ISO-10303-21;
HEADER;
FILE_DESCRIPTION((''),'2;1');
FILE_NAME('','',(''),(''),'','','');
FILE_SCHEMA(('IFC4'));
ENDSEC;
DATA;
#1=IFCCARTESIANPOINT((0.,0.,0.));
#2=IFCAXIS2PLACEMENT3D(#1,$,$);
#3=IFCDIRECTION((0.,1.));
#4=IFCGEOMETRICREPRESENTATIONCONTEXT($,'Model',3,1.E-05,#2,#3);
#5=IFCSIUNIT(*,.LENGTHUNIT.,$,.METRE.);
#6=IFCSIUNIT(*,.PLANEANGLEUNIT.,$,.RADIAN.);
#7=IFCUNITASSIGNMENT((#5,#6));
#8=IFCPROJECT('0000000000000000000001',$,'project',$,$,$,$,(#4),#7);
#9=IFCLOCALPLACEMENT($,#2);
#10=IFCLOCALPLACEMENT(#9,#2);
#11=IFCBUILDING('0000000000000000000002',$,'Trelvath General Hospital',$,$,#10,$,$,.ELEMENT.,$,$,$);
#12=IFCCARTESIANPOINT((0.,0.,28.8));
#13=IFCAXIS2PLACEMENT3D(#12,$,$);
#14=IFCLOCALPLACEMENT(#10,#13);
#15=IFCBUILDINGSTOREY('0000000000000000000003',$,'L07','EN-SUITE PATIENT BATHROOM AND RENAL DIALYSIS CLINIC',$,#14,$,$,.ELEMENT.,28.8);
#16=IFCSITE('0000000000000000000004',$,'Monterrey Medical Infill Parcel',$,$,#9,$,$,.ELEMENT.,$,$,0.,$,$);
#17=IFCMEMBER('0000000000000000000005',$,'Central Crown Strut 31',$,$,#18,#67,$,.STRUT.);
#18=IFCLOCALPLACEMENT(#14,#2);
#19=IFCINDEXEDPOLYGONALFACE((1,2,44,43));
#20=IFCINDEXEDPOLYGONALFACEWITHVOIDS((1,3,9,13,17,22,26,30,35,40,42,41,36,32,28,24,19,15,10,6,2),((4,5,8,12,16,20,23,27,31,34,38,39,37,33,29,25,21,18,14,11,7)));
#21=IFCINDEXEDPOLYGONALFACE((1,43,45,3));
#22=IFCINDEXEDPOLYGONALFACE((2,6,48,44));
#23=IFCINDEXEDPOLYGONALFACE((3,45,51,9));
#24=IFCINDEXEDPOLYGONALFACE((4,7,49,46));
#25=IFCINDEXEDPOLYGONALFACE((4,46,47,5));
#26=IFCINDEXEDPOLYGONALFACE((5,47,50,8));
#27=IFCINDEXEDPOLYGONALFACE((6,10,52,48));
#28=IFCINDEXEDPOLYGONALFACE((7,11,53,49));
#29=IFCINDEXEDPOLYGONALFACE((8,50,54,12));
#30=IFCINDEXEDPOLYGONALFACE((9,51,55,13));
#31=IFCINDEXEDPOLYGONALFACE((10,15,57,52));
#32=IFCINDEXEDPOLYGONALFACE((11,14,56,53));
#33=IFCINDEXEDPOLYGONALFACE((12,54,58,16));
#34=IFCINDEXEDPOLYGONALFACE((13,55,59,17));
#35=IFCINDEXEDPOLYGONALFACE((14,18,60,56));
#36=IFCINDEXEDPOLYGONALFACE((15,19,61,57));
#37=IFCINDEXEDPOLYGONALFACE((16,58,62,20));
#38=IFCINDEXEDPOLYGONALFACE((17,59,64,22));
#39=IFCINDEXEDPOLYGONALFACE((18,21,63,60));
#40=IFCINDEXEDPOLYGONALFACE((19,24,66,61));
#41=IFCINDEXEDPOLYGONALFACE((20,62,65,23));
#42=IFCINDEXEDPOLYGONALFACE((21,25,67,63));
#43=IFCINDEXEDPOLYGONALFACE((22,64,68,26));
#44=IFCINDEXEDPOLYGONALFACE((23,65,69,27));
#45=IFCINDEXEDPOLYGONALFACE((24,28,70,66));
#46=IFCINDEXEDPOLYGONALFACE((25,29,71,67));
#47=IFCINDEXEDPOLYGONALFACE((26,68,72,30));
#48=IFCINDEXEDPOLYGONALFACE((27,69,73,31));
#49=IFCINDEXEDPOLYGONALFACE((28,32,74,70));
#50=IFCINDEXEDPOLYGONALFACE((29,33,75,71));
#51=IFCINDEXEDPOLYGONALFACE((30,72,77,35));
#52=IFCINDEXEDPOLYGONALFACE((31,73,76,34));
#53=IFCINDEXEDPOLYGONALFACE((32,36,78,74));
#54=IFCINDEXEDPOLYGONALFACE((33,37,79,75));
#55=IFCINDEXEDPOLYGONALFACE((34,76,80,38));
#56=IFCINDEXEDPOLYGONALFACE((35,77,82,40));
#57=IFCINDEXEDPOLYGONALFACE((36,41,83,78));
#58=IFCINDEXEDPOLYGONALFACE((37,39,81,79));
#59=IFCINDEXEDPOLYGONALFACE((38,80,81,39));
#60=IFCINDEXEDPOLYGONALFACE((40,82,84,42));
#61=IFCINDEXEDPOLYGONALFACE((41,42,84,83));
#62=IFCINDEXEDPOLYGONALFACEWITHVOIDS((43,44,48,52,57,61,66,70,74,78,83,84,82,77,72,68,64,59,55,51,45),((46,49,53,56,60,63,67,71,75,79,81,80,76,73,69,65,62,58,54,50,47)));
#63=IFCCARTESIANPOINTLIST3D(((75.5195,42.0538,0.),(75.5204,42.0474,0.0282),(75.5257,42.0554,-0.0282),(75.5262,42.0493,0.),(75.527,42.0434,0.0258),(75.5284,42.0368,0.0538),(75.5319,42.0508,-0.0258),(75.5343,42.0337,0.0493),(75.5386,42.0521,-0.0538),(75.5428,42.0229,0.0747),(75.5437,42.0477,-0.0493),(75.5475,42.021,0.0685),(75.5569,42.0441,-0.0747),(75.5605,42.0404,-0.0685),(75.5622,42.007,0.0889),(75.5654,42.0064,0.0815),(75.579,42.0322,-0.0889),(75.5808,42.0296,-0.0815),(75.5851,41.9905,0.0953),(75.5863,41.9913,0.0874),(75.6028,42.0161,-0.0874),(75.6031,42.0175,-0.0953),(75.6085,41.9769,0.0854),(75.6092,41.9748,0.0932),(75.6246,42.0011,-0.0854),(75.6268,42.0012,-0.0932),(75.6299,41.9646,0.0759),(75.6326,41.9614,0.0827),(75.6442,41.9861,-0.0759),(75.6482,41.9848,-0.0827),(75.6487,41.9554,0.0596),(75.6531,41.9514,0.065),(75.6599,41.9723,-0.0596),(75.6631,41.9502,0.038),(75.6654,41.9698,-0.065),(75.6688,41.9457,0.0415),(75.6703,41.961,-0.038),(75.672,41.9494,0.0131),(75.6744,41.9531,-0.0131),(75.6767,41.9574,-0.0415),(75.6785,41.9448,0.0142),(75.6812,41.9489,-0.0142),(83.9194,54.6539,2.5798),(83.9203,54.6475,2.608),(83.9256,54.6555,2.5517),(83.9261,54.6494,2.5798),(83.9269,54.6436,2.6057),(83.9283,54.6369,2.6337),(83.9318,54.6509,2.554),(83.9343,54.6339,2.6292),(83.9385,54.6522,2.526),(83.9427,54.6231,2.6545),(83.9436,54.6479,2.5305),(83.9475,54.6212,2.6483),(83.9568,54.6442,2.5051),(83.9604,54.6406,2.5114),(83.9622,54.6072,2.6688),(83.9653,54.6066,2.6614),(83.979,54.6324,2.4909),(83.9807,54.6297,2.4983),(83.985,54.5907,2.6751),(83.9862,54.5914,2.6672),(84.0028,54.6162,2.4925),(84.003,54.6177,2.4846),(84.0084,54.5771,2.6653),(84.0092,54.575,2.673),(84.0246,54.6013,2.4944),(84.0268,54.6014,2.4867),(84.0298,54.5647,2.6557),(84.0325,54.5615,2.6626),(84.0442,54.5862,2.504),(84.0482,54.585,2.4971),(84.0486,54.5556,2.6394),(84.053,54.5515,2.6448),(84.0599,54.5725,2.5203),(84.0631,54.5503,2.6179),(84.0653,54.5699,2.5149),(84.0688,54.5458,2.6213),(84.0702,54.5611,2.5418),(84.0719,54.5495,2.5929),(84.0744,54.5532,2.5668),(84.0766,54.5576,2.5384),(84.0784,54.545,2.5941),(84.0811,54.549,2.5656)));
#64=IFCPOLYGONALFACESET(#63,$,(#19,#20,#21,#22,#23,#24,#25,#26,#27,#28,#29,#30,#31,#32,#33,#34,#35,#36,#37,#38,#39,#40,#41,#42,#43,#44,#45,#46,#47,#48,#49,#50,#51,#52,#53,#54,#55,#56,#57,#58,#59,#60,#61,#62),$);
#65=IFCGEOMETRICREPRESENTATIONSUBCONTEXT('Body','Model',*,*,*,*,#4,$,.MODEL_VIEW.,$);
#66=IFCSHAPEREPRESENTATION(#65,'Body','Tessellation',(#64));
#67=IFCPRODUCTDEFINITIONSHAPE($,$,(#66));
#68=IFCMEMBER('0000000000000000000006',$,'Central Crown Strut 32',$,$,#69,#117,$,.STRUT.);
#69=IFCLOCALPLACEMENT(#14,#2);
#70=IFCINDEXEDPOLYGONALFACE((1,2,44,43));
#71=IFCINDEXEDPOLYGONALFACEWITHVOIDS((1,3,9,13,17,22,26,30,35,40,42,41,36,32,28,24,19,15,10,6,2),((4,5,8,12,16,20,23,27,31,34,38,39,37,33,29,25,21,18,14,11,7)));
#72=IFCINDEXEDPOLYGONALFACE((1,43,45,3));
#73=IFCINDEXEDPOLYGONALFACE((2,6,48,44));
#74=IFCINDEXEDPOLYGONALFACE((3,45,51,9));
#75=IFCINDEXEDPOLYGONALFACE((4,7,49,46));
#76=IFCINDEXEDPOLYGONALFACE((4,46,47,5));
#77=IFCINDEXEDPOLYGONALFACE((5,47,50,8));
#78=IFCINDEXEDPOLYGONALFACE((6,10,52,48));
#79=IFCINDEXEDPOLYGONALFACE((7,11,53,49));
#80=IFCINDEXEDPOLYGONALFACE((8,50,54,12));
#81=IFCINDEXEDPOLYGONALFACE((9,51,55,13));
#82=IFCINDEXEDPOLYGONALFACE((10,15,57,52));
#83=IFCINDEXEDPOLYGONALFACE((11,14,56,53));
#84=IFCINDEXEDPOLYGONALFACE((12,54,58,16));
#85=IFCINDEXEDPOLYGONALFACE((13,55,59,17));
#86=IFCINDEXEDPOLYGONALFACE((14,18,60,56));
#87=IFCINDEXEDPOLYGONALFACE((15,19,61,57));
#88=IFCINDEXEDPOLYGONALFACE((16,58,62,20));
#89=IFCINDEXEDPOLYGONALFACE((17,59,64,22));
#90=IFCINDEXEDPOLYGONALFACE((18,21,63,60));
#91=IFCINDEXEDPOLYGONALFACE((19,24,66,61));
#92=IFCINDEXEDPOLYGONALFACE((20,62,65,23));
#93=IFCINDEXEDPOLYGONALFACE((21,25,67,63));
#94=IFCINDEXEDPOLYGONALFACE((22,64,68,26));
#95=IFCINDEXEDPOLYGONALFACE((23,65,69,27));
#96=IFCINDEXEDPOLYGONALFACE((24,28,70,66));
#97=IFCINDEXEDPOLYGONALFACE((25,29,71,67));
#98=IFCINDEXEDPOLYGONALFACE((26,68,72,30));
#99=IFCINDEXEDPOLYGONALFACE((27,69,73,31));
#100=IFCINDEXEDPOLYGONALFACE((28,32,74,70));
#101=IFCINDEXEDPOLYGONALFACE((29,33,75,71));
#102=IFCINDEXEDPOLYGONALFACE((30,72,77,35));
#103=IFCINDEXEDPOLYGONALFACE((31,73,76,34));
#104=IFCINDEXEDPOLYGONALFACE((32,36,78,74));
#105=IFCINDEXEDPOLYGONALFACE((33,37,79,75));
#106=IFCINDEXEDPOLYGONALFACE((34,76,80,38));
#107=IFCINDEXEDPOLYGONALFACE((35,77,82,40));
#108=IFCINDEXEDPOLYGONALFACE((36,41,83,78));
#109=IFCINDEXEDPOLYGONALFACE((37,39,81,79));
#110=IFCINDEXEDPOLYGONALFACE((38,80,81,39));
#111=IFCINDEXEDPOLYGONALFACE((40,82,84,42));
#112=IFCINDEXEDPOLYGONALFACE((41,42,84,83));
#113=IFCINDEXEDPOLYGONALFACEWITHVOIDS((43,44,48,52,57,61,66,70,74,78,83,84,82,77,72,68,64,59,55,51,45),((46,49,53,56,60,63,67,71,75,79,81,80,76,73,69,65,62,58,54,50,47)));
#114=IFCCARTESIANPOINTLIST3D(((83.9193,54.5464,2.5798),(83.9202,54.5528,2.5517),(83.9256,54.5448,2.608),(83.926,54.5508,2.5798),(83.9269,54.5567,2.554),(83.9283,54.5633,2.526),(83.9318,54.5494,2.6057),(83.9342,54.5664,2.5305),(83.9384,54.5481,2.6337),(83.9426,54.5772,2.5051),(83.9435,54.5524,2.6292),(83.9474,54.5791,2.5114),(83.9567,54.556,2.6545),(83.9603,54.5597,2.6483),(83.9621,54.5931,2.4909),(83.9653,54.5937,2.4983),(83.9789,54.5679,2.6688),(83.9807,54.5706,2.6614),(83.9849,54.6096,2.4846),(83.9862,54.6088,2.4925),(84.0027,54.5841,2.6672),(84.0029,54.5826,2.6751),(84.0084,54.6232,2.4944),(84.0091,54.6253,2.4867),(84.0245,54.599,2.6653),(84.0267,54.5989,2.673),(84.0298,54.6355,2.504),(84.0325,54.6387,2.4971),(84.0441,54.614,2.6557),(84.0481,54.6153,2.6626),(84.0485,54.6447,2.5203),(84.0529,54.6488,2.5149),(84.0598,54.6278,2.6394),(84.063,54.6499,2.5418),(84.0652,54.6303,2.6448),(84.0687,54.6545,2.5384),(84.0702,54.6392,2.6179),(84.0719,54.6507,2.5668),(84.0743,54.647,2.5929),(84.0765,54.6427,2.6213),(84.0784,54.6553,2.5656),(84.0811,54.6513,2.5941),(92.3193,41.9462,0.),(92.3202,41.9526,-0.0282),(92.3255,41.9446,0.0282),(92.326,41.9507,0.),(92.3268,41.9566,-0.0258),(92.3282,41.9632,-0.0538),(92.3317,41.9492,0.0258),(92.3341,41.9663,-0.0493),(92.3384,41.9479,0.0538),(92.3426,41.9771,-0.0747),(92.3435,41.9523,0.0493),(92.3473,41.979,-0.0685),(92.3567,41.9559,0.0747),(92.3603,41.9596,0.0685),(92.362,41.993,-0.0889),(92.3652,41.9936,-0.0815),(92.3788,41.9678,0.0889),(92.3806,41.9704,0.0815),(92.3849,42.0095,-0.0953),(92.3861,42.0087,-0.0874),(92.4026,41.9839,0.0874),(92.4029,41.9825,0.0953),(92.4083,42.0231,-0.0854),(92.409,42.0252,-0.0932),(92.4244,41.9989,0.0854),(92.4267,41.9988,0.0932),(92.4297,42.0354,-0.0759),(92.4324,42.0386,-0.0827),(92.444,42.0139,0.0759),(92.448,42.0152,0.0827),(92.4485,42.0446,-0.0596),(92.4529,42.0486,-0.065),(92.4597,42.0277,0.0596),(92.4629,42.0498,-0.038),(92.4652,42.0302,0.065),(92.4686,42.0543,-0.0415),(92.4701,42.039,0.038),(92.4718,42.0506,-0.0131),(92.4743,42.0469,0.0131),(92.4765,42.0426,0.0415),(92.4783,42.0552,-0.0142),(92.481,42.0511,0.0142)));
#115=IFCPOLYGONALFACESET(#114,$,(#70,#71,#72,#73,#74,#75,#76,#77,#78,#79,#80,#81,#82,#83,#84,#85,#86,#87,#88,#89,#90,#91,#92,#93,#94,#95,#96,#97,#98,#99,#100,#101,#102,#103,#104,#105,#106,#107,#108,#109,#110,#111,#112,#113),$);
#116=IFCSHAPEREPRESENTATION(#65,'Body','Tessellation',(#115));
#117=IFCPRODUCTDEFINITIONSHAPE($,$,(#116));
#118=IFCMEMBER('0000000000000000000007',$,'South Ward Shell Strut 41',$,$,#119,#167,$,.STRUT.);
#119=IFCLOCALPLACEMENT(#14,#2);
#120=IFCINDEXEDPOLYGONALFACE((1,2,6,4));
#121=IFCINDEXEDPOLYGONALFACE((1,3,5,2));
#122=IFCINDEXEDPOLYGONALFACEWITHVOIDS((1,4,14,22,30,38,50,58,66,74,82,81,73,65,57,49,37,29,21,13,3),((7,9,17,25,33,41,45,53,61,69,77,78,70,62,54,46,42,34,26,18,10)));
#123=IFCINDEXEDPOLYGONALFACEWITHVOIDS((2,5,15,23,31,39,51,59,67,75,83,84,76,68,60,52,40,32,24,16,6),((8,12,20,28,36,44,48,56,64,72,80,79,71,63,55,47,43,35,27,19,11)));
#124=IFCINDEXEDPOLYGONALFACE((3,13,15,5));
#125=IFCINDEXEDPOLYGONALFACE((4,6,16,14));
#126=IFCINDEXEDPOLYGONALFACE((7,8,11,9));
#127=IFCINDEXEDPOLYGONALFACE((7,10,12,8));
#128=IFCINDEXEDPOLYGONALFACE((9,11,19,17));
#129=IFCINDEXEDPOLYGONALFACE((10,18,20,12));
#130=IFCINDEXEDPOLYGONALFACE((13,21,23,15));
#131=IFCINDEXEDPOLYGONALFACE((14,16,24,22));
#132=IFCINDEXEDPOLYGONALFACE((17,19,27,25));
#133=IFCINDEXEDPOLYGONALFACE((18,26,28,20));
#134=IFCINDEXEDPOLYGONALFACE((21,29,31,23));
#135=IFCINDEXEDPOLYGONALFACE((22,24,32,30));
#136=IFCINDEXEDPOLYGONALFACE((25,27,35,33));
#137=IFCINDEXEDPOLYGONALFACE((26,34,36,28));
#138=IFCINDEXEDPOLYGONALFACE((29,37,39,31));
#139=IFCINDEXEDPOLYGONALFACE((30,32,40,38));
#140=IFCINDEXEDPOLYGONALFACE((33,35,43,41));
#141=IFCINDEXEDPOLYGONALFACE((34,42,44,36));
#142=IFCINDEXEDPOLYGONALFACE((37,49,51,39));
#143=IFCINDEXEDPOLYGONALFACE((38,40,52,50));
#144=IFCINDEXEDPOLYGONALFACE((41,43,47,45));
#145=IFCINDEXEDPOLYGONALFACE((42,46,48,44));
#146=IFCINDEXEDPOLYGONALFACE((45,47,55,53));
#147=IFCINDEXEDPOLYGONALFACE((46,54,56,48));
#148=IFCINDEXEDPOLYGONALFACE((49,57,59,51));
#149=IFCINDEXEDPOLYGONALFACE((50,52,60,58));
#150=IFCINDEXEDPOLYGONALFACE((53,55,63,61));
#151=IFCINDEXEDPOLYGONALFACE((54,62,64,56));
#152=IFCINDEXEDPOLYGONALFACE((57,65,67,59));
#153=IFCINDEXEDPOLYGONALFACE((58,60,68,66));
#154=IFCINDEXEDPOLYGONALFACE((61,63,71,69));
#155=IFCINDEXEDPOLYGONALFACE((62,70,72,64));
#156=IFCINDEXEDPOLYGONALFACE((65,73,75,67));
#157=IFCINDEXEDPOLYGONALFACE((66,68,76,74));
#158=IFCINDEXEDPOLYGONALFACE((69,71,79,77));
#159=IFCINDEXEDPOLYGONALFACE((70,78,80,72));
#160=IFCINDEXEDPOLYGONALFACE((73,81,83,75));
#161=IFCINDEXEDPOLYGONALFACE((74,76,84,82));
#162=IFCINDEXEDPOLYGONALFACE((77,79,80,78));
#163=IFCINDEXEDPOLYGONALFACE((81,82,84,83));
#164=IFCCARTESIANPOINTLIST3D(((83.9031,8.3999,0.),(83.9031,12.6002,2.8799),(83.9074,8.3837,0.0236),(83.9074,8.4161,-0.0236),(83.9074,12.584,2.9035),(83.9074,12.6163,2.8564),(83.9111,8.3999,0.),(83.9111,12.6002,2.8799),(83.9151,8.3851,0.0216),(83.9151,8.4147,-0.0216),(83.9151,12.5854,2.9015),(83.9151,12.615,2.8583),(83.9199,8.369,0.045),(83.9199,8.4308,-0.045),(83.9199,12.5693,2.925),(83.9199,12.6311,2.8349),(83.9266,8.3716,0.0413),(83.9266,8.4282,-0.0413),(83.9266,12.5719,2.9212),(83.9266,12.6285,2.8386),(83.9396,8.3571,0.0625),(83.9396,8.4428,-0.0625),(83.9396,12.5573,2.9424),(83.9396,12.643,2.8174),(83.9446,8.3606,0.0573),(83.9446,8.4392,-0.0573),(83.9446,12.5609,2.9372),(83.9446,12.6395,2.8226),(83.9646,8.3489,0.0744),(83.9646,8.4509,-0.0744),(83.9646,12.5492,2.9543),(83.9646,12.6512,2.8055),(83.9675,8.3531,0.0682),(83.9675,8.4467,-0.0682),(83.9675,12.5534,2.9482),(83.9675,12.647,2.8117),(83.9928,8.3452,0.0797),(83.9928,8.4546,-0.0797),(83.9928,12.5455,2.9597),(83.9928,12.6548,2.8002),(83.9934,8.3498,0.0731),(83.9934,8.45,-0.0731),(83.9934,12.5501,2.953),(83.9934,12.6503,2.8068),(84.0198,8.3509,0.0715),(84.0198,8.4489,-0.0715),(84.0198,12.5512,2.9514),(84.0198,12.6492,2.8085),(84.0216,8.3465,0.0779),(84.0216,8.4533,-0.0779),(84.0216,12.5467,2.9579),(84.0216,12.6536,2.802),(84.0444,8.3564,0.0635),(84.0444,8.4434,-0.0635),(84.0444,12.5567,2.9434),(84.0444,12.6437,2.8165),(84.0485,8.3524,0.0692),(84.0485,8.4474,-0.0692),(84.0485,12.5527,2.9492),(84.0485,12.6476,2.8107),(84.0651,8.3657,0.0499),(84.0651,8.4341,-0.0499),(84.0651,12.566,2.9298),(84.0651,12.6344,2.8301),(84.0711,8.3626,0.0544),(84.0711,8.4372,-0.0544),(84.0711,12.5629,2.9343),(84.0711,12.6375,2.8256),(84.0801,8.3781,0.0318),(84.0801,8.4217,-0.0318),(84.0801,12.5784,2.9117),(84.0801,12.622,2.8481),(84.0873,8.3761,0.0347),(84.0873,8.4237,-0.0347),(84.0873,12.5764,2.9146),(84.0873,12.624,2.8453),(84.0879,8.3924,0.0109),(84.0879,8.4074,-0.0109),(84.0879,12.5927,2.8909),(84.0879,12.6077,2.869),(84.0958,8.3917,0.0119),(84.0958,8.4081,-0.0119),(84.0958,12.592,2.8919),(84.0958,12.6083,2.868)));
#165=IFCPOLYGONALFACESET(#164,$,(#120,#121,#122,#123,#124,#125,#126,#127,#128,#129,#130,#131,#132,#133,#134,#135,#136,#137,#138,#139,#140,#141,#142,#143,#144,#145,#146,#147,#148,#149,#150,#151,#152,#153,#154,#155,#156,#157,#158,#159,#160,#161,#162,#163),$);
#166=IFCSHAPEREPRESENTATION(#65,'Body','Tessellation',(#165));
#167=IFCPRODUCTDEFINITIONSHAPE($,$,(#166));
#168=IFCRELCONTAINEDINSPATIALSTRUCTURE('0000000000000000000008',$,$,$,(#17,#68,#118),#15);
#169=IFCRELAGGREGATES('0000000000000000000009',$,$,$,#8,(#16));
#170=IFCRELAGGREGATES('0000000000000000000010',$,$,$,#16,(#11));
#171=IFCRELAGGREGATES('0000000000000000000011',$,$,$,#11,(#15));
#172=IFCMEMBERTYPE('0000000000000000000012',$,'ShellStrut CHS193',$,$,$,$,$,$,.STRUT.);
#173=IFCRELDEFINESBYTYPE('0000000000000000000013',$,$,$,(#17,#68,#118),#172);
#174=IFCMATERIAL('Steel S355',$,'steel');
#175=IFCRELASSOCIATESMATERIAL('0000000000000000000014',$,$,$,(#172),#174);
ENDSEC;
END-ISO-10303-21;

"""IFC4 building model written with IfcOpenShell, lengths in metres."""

from ifc_helpers import new_model, si_unit, direction, frame, origin, origin_2d, place, context, subcontext, project, spatial, hollow_circle, extrude, material, material_profile, profile_set, type_object, element, save


model = new_model("IFC4")

# Units and contexts
model_context = context("Model", 3, precision=1e-05, world=origin(), true_north=direction((0.0, 1.0)))
body_context = subcontext(model_context, "Body", "Model", "MODEL_VIEW")
ifc_project = project(units=[si_unit("LENGTHUNIT", "METRE"), si_unit("PLANEANGLEUNIT", "RADIAN")], contexts=[model_context])

# Site, building, storey
site_placement = place(None, origin())
site = spatial("IfcSite", under=ifc_project, at=site_placement, Name="Monterrey Medical Infill Parcel", CompositionType="ELEMENT", RefElevation=0.0)
building_placement = place(site_placement, origin())
building = spatial("IfcBuilding", under=site, at=building_placement, Name="Trelvath General Hospital", CompositionType="ELEMENT")
storey_placement = place(building_placement, frame((0.0, 0.0, 28.8)))
storey = spatial("IfcBuildingStorey", under=building, at=storey_placement, Name="L07", Description="EN-SUITE PATIENT BATHROOM AND RENAL DIALYSIS CLINIC", CompositionType="ELEMENT", Elevation=28.8)

# Members
ifc_material_1 = material(Name="Steel S355", Category="steel")
ifc_material_profile = material_profile(ifc_material_1, hollow_circle(Radius=0.0969, WallThickness=0.0081, at=origin_2d()), Name="CHS193.7x8.0")
ifc_profile_set = profile_set([ifc_material_profile], Name="Steel S355")
member_type = type_object("IfcMemberType", Name="ShellStrut CHS193", PredefinedType="STRUT", material=ifc_profile_set)
for number, where, z_axis, x_axis, name in (
    (1, (75.6001, 42.0, 0.0), (0.546814, 0.820238, 0.167941), (-0.832055, 0.554693, 0.0), "Central Crown Strut 31"),
    (2, (92.3999, 42.0, 0.0), (-0.546814, 0.820238, 0.167941), (-0.832055, -0.554693, 0.0), "Central Crown Strut 32"),
):
    element("IfcMember", number, at=place(storey_placement, frame(where, z_axis=z_axis, x_axis=x_axis)), inside=storey, type_object=member_type, Name=name, PredefinedType="STRUT", context=body_context, shape_type="SweptSolid", body=[
        extrude(hollow_circle(Radius=0.0969, WallThickness=0.0081, at=origin_2d()), origin(), (0.0, 0.0, 1.0), 15.3616),
    ])
member_1_placement = place(storey_placement, frame((84.0, 8.3999, 0.0), z_axis=(0.0, 0.824752, 0.565495), x_axis=(-1.0, 0.0, 0.0)))
element("IfcMember", 3, at=member_1_placement, inside=storey, type_object=member_type, Name="South Ward Shell Strut 41", PredefinedType="STRUT", context=body_context, shape_type="SweptSolid", body=[
    extrude(hollow_circle(Radius=0.0969, WallThickness=0.0081, at=origin_2d()), origin(), (0.0, 0.0, 1.0), 5.0928),
])

save(model, "model.ifc")
